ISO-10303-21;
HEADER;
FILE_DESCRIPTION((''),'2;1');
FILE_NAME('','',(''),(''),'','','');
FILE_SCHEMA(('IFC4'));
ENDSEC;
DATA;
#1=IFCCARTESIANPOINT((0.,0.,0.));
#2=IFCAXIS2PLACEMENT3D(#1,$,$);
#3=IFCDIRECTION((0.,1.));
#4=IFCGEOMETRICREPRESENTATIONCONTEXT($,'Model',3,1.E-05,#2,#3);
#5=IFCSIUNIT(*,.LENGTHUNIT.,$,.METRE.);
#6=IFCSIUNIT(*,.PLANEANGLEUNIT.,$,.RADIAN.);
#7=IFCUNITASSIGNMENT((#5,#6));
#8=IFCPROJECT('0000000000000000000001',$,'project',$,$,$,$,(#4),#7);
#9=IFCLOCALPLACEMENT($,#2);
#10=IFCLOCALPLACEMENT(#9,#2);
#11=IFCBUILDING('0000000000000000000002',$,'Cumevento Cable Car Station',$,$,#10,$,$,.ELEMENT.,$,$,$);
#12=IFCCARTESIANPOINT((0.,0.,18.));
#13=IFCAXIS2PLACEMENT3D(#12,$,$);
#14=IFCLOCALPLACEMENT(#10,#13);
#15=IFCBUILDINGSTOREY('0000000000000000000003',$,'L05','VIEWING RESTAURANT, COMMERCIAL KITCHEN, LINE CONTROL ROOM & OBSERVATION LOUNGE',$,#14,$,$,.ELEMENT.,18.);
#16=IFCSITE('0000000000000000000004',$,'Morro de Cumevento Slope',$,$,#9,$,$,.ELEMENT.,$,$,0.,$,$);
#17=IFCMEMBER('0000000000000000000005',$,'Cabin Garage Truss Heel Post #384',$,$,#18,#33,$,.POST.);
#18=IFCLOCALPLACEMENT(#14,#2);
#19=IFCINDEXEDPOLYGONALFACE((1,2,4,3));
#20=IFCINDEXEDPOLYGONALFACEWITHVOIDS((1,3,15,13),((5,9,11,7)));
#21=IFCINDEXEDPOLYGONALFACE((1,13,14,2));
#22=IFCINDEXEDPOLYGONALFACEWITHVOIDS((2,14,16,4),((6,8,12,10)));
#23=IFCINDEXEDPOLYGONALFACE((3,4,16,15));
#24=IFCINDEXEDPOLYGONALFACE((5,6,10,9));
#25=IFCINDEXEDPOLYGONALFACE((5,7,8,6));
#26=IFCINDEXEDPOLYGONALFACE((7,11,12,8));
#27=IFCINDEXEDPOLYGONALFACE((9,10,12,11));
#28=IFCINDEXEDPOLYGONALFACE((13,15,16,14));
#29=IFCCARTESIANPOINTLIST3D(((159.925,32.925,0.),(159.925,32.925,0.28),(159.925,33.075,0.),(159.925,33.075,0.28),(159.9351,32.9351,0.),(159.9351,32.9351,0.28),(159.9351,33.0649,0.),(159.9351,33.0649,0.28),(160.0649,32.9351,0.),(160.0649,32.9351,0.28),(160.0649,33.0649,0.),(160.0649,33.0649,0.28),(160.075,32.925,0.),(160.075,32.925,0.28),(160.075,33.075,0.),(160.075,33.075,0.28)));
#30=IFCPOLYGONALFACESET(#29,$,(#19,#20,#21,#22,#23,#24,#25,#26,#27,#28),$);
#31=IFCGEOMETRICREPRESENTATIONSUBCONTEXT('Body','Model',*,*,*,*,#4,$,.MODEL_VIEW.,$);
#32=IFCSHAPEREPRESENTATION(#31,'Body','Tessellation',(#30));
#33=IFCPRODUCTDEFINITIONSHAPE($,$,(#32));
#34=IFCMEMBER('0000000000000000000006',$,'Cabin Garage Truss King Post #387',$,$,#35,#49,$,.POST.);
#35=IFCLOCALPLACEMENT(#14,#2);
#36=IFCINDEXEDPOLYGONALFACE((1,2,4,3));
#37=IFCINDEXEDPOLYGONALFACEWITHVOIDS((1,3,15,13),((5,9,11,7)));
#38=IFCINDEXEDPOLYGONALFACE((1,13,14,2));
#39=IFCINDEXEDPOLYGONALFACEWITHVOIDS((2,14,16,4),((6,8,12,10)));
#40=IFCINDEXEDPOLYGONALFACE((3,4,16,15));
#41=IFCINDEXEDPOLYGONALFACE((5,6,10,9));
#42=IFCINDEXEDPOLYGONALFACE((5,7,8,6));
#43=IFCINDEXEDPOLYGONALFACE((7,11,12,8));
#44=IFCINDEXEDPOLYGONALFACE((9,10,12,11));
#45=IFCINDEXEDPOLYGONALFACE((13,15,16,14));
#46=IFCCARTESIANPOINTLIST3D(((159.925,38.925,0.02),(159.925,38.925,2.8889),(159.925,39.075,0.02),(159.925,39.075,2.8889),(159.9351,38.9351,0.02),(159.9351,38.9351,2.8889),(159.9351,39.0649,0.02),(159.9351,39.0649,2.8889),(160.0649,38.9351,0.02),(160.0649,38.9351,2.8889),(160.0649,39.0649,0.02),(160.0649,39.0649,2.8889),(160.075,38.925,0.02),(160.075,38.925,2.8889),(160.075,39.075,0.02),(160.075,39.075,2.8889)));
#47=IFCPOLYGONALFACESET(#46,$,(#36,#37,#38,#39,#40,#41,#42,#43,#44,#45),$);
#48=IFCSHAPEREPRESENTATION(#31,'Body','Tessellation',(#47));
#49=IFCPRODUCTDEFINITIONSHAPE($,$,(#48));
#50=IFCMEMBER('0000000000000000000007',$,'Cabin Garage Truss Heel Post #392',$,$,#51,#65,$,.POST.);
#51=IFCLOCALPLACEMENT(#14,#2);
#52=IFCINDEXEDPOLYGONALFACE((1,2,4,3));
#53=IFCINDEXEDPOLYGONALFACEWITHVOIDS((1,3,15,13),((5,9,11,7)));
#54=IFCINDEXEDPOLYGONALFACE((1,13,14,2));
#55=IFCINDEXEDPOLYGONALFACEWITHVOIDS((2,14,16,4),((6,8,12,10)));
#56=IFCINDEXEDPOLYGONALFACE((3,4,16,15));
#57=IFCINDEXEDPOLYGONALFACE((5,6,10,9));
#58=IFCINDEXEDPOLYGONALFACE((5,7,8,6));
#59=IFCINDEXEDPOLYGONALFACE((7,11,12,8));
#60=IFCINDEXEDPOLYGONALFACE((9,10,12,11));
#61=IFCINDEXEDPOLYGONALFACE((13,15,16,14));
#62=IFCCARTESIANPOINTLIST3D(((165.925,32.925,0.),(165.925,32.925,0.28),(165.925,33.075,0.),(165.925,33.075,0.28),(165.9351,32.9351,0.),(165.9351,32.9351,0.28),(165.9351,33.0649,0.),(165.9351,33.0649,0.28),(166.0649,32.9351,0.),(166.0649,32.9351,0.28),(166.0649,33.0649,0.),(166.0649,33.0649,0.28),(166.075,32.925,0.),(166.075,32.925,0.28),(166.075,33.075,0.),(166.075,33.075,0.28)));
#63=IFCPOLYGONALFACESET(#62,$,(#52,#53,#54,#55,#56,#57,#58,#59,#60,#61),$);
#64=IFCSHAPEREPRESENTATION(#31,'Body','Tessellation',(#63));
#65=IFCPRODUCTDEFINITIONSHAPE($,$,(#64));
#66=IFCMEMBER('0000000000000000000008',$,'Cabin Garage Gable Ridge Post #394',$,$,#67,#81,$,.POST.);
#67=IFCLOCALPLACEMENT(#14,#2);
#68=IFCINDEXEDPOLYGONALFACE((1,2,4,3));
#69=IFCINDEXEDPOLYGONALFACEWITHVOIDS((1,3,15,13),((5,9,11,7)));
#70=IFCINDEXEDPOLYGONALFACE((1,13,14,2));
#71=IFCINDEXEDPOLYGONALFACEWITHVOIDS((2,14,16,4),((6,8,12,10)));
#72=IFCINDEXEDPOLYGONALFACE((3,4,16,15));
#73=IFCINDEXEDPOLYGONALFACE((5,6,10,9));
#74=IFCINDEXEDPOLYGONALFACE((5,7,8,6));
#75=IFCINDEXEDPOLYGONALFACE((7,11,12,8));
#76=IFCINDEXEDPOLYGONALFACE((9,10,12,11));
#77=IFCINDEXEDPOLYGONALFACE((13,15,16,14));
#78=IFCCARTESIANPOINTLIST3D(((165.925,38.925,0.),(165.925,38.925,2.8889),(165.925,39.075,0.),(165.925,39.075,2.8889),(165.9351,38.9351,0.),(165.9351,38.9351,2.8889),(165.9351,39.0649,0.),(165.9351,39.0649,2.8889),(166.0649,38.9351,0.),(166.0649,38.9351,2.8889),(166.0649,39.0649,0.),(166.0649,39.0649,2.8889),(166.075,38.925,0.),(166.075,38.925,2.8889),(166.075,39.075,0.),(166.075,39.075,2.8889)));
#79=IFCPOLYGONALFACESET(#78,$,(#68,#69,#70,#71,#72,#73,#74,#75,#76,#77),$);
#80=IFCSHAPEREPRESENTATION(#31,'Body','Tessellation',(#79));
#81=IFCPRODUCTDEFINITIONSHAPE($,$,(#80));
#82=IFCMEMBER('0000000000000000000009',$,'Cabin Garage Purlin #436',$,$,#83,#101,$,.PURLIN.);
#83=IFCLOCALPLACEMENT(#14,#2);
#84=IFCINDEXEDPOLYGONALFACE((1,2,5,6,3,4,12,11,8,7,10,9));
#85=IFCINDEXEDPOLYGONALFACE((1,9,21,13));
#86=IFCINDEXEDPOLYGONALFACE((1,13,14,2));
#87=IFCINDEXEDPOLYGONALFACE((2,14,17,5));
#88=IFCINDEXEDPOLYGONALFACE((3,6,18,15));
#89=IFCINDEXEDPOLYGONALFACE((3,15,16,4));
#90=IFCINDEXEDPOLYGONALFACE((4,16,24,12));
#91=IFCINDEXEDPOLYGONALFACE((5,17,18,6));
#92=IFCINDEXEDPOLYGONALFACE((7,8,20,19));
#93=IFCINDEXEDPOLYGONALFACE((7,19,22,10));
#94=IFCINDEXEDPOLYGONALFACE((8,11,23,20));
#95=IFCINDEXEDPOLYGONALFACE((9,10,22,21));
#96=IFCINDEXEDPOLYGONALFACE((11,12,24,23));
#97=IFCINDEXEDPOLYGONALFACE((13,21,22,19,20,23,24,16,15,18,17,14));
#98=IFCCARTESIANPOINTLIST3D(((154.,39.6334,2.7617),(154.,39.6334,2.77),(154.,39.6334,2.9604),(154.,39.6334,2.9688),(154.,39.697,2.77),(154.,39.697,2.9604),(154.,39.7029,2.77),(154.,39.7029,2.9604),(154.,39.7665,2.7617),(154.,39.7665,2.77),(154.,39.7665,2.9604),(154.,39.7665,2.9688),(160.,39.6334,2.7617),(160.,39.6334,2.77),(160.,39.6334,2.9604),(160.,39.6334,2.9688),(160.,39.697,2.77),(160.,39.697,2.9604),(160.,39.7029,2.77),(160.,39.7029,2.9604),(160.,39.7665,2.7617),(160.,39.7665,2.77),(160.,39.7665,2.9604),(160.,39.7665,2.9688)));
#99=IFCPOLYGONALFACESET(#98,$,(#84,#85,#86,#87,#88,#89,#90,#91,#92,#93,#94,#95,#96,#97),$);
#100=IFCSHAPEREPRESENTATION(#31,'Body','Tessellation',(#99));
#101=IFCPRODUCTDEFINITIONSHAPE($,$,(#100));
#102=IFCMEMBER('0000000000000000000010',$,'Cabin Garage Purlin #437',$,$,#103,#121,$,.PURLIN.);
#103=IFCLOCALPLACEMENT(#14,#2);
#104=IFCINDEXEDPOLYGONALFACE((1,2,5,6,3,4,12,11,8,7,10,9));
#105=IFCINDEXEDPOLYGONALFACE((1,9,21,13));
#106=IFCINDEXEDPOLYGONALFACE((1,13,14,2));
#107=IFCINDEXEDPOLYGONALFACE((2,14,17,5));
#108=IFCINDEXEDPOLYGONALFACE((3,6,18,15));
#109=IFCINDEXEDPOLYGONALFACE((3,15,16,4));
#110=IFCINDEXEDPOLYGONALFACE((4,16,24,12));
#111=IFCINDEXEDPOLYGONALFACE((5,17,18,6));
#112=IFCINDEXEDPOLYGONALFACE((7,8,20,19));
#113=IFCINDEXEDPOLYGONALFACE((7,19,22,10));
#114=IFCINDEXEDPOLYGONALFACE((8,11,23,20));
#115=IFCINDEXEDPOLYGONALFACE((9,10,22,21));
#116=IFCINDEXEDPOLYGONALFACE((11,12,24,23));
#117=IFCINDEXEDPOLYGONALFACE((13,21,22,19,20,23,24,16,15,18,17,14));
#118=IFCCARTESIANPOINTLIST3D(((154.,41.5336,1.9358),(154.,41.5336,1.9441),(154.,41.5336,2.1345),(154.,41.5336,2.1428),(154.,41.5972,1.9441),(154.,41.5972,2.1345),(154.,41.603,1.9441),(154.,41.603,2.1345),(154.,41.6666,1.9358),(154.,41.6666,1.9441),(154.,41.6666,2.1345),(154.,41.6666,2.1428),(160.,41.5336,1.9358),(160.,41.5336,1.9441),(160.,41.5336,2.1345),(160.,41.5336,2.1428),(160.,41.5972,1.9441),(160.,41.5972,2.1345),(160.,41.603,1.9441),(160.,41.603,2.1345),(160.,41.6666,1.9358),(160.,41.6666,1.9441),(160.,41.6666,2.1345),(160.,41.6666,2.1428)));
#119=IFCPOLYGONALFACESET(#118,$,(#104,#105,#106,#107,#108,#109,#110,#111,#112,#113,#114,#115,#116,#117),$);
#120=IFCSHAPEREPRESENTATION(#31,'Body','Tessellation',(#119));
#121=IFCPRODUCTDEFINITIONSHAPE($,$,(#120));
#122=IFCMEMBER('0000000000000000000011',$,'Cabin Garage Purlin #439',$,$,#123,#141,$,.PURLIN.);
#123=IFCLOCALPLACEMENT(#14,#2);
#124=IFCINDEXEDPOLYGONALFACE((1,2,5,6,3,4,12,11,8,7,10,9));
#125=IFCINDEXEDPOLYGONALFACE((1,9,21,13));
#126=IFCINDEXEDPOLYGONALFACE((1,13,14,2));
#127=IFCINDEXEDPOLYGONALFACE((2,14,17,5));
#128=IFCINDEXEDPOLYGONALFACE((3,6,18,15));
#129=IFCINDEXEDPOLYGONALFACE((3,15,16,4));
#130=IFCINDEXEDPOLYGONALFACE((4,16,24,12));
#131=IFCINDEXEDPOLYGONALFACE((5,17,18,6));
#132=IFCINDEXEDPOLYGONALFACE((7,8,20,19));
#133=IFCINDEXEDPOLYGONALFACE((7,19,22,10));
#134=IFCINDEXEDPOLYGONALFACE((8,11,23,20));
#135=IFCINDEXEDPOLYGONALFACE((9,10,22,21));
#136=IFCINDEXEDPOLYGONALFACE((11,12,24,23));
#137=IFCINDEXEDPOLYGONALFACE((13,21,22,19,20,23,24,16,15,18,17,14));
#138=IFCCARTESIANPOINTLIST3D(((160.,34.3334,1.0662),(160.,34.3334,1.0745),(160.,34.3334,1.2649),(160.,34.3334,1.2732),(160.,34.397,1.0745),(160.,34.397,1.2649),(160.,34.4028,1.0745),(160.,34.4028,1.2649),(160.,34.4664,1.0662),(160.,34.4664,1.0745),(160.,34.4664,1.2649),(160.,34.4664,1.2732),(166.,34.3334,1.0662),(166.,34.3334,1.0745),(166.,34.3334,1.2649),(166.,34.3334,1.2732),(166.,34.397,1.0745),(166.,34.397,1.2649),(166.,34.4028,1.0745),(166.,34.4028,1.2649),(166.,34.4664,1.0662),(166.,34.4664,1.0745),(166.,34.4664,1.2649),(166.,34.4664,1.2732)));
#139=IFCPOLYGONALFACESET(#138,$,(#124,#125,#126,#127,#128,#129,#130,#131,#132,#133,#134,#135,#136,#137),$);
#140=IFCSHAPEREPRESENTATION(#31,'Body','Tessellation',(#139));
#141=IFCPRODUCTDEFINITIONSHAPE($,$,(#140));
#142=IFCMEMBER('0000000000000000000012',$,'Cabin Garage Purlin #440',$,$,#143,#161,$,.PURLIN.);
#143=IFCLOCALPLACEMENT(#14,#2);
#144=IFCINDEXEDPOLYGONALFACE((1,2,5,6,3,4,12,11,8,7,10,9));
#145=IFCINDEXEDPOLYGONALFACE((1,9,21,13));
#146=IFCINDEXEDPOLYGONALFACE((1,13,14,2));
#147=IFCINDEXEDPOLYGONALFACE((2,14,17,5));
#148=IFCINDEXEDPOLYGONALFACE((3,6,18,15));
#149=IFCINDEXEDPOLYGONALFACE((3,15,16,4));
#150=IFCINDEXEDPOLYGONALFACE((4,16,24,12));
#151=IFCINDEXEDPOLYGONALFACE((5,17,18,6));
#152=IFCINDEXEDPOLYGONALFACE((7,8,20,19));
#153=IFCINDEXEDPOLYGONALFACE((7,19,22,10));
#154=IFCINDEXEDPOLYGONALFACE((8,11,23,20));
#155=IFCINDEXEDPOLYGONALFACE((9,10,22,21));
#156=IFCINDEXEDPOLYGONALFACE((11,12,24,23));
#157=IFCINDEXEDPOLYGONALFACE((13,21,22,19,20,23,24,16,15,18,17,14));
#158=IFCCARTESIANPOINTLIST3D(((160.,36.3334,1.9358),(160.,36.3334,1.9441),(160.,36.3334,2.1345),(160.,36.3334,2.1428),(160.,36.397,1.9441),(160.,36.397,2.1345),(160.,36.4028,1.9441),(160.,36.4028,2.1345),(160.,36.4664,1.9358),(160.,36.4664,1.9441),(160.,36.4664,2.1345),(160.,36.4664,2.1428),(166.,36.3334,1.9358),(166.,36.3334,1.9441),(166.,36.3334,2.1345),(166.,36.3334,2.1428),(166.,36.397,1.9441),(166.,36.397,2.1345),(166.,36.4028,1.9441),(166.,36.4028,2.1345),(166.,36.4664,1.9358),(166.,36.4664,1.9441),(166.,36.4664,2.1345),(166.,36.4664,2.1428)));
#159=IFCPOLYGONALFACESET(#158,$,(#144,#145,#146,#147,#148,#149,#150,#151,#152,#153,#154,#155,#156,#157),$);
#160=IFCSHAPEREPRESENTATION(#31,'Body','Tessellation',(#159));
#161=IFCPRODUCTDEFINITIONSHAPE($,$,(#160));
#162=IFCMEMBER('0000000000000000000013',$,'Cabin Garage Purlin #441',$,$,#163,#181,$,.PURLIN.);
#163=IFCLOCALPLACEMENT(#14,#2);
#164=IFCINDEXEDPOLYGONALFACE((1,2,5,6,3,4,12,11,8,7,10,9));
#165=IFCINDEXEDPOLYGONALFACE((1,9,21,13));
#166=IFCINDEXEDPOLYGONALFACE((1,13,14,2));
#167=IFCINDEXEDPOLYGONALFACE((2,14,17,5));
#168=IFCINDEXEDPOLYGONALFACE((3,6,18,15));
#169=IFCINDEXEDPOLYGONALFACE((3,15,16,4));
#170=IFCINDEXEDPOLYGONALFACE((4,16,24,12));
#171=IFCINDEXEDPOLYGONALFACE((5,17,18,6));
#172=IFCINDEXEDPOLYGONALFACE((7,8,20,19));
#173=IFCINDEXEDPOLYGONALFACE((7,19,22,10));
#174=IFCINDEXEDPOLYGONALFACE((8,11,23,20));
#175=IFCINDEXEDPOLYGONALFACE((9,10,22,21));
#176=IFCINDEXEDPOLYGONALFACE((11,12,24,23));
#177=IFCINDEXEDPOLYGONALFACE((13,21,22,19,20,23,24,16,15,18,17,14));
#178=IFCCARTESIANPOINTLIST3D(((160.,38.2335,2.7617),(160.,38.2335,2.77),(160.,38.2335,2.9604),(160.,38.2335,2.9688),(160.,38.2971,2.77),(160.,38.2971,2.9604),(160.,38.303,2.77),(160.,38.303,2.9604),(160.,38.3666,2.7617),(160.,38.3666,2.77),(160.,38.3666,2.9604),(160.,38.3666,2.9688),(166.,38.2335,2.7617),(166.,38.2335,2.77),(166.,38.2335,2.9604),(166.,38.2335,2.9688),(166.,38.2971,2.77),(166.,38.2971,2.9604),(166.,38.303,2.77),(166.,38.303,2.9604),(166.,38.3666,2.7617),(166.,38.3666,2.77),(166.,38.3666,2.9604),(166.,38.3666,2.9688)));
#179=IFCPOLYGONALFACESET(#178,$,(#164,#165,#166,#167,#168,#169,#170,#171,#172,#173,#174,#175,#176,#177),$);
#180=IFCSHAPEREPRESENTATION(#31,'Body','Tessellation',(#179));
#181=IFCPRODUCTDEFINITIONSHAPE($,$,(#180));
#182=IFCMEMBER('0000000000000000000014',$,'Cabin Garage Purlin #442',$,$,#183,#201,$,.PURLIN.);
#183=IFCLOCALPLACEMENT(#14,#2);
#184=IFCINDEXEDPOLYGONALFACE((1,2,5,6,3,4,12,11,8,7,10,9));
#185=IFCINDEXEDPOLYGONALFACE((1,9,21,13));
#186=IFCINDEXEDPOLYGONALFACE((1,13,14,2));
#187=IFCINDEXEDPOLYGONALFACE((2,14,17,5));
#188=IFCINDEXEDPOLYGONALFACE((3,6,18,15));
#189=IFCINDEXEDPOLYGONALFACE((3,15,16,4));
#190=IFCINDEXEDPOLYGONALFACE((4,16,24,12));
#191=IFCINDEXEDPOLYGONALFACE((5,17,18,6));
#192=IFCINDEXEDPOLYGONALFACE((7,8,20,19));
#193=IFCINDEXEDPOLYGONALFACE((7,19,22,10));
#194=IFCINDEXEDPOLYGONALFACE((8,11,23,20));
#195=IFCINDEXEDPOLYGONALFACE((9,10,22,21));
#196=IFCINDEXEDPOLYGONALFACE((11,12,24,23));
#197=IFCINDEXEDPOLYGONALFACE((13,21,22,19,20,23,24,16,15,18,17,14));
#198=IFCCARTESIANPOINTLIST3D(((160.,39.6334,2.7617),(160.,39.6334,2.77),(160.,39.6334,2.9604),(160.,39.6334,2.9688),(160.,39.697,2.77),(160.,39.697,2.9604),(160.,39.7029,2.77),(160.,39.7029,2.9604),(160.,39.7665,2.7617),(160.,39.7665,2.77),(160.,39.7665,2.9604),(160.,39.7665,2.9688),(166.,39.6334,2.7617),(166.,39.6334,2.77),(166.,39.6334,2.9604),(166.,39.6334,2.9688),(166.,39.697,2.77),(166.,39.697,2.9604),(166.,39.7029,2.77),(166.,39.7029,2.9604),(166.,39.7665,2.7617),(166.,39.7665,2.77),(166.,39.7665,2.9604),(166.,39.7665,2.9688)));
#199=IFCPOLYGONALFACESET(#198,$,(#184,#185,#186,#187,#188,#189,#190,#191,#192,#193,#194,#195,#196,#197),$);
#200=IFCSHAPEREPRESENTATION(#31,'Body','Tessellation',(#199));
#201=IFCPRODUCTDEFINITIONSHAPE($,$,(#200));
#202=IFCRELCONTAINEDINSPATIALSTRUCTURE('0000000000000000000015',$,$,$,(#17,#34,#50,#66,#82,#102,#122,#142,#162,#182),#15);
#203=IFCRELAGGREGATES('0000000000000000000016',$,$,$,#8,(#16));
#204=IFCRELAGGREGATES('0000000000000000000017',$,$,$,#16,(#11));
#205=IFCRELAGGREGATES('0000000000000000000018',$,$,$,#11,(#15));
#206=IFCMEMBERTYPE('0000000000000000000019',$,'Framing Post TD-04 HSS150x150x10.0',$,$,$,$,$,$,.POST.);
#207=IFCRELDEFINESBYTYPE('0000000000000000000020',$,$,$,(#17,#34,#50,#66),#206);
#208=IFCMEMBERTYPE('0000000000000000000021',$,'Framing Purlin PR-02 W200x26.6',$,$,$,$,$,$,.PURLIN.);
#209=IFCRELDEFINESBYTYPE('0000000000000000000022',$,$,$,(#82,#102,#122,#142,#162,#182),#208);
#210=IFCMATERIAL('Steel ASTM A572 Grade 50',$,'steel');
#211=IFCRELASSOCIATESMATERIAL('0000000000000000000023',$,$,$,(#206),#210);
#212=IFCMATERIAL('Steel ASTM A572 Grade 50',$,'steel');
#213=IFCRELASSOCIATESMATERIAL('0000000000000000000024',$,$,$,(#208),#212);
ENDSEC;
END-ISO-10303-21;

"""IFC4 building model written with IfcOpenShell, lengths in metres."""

from ifc_helpers import new_model, si_unit, direction, frame, origin, origin_2d, place, context, subcontext, project, spatial, hollow_rectangle, i_section, extrude, material, material_profile, profile_set, type_object, element, save


model = new_model("IFC4")

# Units and contexts
model_context = context("Model", 3, precision=1e-05, world=origin(), true_north=direction((0.0, 1.0)))
body_context = subcontext(model_context, "Body", "Model", "MODEL_VIEW")
ifc_project = project(units=[si_unit("LENGTHUNIT", "METRE"), si_unit("PLANEANGLEUNIT", "RADIAN")], contexts=[model_context])

# Site, building, storey
site_placement = place(None, origin())
site = spatial("IfcSite", under=ifc_project, at=site_placement, Name="Morro de Cumevento Slope", CompositionType="ELEMENT", RefElevation=0.0)
building_placement = place(site_placement, origin())
building = spatial("IfcBuilding", under=site, at=building_placement, Name="Cumevento Cable Car Station", CompositionType="ELEMENT")
storey_placement = place(building_placement, frame((0.0, 0.0, 18.0)))
storey = spatial("IfcBuildingStorey", under=building, at=storey_placement, Name="L05", Description="VIEWING RESTAURANT, COMMERCIAL KITCHEN, LINE CONTROL ROOM & OBSERVATION LOUNGE", CompositionType="ELEMENT", Elevation=18.0)

# Members
ifc_material_1 = material(Name="Steel ASTM A572 Grade 50", Category="steel")
ifc_material_profile_1 = material_profile(ifc_material_1, hollow_rectangle(XDim=0.1499, YDim=0.1499, WallThickness=0.01, at=origin_2d()), Name="HSS150x150x10.0")
ifc_profile_set_1 = profile_set([ifc_material_profile_1], Name="Steel ASTM A572 Grade 50")
member_type_1 = type_object("IfcMemberType", Name="Framing Post TD-04 HSS150x150x10.0", PredefinedType="POST", material=ifc_profile_set_1)
member_1_placement = place(storey_placement, frame((160.0, 33.0, 0.0), z_axis=(0.0, 0.0, 1.0), x_axis=(1.0, 0.0, 0.0)))
element("IfcMember", 1, at=member_1_placement, inside=storey, type_object=member_type_1, Name="Cabin Garage Truss Heel Post #384", PredefinedType="POST", context=body_context, shape_type="SweptSolid", body=[
    extrude(hollow_rectangle(XDim=0.1499, YDim=0.1499, WallThickness=0.01, at=origin_2d()), origin(), (0.0, 0.0, 1.0), 0.28),
])
member_2_placement = place(storey_placement, frame((160.0, 39.0, 0.02), z_axis=(0.0, 0.0, 1.0), x_axis=(1.0, 0.0, 0.0)))
element("IfcMember", 2, at=member_2_placement, inside=storey, type_object=member_type_1, Name="Cabin Garage Truss King Post #387", PredefinedType="POST", context=body_context, shape_type="SweptSolid", body=[
    extrude(hollow_rectangle(XDim=0.1499, YDim=0.1499, WallThickness=0.01, at=origin_2d()), origin(), (0.0, 0.0, 1.0), 2.8689),
])
member_3_placement = place(storey_placement, frame((166.0, 33.0, 0.0), z_axis=(0.0, 0.0, 1.0), x_axis=(1.0, 0.0, 0.0)))
element("IfcMember", 3, at=member_3_placement, inside=storey, type_object=member_type_1, Name="Cabin Garage Truss Heel Post #392", PredefinedType="POST", context=body_context, shape_type="SweptSolid", body=[
    extrude(hollow_rectangle(XDim=0.1499, YDim=0.1499, WallThickness=0.01, at=origin_2d()), origin(), (0.0, 0.0, 1.0), 0.28),
])
member_4_placement = place(storey_placement, frame((166.0, 39.0, 0.0), z_axis=(0.0, 0.0, 1.0), x_axis=(1.0, 0.0, 0.0)))
element("IfcMember", 4, at=member_4_placement, inside=storey, type_object=member_type_1, Name="Cabin Garage Gable Ridge Post #394", PredefinedType="POST", context=body_context, shape_type="SweptSolid", body=[
    extrude(hollow_rectangle(XDim=0.1499, YDim=0.1499, WallThickness=0.01, at=origin_2d()), origin(), (0.0, 0.0, 1.0), 2.8889),
])
ifc_material_2 = material(Name="Steel ASTM A572 Grade 50", Category="steel")
ifc_material_profile_2 = material_profile(ifc_material_2, i_section(OverallWidth=0.1331, OverallDepth=0.207, WebThickness=0.0059, FlangeThickness=0.0083, at=origin_2d()), Name="W200x26.6")
ifc_profile_set_2 = profile_set([ifc_material_profile_2], Name="Steel ASTM A572 Grade 50")
member_type_2 = type_object("IfcMemberType", Name="Framing Purlin PR-02 W200x26.6", PredefinedType="PURLIN", material=ifc_profile_set_2)
for number, where, z_axis, x_axis, name in (
    (5, (154.0, 39.7, 2.8652), (1.0, 0.0, 0.0), (0.0, 1.0, 0.0), "Cabin Garage Purlin #436"),
    (6, (154.0, 41.6001, 2.0393), (1.0, 0.0, 0.0), (0.0, 1.0, 0.0), "Cabin Garage Purlin #437"),
    (7, (160.0, 34.3999, 1.1697), (1.0, 0.0, 0.0), (0.0, 1.0, 0.0), "Cabin Garage Purlin #439"),
    (8, (160.0, 36.3999, 2.0393), (1.0, 0.0, 0.0), (0.0, 1.0, 0.0), "Cabin Garage Purlin #440"),
    (9, (160.0, 38.3, 2.8652), (1.0, 0.0, 0.0), (0.0, 1.0, 0.0), "Cabin Garage Purlin #441"),
    (10, (160.0, 39.7, 2.8652), (1.0, 0.0, 0.0), (0.0, 1.0, 0.0), "Cabin Garage Purlin #442"),
):
    element("IfcMember", number, at=place(storey_placement, frame(where, z_axis=z_axis, x_axis=x_axis)), inside=storey, type_object=member_type_2, Name=name, PredefinedType="PURLIN", context=body_context, shape_type="SweptSolid", body=[
        extrude(i_section(OverallWidth=0.1331, OverallDepth=0.207, WebThickness=0.0059, FlangeThickness=0.0083, at=origin_2d()), origin(), (0.0, 0.0, 1.0), 6.0),
    ])

save(model, "model.ifc")
